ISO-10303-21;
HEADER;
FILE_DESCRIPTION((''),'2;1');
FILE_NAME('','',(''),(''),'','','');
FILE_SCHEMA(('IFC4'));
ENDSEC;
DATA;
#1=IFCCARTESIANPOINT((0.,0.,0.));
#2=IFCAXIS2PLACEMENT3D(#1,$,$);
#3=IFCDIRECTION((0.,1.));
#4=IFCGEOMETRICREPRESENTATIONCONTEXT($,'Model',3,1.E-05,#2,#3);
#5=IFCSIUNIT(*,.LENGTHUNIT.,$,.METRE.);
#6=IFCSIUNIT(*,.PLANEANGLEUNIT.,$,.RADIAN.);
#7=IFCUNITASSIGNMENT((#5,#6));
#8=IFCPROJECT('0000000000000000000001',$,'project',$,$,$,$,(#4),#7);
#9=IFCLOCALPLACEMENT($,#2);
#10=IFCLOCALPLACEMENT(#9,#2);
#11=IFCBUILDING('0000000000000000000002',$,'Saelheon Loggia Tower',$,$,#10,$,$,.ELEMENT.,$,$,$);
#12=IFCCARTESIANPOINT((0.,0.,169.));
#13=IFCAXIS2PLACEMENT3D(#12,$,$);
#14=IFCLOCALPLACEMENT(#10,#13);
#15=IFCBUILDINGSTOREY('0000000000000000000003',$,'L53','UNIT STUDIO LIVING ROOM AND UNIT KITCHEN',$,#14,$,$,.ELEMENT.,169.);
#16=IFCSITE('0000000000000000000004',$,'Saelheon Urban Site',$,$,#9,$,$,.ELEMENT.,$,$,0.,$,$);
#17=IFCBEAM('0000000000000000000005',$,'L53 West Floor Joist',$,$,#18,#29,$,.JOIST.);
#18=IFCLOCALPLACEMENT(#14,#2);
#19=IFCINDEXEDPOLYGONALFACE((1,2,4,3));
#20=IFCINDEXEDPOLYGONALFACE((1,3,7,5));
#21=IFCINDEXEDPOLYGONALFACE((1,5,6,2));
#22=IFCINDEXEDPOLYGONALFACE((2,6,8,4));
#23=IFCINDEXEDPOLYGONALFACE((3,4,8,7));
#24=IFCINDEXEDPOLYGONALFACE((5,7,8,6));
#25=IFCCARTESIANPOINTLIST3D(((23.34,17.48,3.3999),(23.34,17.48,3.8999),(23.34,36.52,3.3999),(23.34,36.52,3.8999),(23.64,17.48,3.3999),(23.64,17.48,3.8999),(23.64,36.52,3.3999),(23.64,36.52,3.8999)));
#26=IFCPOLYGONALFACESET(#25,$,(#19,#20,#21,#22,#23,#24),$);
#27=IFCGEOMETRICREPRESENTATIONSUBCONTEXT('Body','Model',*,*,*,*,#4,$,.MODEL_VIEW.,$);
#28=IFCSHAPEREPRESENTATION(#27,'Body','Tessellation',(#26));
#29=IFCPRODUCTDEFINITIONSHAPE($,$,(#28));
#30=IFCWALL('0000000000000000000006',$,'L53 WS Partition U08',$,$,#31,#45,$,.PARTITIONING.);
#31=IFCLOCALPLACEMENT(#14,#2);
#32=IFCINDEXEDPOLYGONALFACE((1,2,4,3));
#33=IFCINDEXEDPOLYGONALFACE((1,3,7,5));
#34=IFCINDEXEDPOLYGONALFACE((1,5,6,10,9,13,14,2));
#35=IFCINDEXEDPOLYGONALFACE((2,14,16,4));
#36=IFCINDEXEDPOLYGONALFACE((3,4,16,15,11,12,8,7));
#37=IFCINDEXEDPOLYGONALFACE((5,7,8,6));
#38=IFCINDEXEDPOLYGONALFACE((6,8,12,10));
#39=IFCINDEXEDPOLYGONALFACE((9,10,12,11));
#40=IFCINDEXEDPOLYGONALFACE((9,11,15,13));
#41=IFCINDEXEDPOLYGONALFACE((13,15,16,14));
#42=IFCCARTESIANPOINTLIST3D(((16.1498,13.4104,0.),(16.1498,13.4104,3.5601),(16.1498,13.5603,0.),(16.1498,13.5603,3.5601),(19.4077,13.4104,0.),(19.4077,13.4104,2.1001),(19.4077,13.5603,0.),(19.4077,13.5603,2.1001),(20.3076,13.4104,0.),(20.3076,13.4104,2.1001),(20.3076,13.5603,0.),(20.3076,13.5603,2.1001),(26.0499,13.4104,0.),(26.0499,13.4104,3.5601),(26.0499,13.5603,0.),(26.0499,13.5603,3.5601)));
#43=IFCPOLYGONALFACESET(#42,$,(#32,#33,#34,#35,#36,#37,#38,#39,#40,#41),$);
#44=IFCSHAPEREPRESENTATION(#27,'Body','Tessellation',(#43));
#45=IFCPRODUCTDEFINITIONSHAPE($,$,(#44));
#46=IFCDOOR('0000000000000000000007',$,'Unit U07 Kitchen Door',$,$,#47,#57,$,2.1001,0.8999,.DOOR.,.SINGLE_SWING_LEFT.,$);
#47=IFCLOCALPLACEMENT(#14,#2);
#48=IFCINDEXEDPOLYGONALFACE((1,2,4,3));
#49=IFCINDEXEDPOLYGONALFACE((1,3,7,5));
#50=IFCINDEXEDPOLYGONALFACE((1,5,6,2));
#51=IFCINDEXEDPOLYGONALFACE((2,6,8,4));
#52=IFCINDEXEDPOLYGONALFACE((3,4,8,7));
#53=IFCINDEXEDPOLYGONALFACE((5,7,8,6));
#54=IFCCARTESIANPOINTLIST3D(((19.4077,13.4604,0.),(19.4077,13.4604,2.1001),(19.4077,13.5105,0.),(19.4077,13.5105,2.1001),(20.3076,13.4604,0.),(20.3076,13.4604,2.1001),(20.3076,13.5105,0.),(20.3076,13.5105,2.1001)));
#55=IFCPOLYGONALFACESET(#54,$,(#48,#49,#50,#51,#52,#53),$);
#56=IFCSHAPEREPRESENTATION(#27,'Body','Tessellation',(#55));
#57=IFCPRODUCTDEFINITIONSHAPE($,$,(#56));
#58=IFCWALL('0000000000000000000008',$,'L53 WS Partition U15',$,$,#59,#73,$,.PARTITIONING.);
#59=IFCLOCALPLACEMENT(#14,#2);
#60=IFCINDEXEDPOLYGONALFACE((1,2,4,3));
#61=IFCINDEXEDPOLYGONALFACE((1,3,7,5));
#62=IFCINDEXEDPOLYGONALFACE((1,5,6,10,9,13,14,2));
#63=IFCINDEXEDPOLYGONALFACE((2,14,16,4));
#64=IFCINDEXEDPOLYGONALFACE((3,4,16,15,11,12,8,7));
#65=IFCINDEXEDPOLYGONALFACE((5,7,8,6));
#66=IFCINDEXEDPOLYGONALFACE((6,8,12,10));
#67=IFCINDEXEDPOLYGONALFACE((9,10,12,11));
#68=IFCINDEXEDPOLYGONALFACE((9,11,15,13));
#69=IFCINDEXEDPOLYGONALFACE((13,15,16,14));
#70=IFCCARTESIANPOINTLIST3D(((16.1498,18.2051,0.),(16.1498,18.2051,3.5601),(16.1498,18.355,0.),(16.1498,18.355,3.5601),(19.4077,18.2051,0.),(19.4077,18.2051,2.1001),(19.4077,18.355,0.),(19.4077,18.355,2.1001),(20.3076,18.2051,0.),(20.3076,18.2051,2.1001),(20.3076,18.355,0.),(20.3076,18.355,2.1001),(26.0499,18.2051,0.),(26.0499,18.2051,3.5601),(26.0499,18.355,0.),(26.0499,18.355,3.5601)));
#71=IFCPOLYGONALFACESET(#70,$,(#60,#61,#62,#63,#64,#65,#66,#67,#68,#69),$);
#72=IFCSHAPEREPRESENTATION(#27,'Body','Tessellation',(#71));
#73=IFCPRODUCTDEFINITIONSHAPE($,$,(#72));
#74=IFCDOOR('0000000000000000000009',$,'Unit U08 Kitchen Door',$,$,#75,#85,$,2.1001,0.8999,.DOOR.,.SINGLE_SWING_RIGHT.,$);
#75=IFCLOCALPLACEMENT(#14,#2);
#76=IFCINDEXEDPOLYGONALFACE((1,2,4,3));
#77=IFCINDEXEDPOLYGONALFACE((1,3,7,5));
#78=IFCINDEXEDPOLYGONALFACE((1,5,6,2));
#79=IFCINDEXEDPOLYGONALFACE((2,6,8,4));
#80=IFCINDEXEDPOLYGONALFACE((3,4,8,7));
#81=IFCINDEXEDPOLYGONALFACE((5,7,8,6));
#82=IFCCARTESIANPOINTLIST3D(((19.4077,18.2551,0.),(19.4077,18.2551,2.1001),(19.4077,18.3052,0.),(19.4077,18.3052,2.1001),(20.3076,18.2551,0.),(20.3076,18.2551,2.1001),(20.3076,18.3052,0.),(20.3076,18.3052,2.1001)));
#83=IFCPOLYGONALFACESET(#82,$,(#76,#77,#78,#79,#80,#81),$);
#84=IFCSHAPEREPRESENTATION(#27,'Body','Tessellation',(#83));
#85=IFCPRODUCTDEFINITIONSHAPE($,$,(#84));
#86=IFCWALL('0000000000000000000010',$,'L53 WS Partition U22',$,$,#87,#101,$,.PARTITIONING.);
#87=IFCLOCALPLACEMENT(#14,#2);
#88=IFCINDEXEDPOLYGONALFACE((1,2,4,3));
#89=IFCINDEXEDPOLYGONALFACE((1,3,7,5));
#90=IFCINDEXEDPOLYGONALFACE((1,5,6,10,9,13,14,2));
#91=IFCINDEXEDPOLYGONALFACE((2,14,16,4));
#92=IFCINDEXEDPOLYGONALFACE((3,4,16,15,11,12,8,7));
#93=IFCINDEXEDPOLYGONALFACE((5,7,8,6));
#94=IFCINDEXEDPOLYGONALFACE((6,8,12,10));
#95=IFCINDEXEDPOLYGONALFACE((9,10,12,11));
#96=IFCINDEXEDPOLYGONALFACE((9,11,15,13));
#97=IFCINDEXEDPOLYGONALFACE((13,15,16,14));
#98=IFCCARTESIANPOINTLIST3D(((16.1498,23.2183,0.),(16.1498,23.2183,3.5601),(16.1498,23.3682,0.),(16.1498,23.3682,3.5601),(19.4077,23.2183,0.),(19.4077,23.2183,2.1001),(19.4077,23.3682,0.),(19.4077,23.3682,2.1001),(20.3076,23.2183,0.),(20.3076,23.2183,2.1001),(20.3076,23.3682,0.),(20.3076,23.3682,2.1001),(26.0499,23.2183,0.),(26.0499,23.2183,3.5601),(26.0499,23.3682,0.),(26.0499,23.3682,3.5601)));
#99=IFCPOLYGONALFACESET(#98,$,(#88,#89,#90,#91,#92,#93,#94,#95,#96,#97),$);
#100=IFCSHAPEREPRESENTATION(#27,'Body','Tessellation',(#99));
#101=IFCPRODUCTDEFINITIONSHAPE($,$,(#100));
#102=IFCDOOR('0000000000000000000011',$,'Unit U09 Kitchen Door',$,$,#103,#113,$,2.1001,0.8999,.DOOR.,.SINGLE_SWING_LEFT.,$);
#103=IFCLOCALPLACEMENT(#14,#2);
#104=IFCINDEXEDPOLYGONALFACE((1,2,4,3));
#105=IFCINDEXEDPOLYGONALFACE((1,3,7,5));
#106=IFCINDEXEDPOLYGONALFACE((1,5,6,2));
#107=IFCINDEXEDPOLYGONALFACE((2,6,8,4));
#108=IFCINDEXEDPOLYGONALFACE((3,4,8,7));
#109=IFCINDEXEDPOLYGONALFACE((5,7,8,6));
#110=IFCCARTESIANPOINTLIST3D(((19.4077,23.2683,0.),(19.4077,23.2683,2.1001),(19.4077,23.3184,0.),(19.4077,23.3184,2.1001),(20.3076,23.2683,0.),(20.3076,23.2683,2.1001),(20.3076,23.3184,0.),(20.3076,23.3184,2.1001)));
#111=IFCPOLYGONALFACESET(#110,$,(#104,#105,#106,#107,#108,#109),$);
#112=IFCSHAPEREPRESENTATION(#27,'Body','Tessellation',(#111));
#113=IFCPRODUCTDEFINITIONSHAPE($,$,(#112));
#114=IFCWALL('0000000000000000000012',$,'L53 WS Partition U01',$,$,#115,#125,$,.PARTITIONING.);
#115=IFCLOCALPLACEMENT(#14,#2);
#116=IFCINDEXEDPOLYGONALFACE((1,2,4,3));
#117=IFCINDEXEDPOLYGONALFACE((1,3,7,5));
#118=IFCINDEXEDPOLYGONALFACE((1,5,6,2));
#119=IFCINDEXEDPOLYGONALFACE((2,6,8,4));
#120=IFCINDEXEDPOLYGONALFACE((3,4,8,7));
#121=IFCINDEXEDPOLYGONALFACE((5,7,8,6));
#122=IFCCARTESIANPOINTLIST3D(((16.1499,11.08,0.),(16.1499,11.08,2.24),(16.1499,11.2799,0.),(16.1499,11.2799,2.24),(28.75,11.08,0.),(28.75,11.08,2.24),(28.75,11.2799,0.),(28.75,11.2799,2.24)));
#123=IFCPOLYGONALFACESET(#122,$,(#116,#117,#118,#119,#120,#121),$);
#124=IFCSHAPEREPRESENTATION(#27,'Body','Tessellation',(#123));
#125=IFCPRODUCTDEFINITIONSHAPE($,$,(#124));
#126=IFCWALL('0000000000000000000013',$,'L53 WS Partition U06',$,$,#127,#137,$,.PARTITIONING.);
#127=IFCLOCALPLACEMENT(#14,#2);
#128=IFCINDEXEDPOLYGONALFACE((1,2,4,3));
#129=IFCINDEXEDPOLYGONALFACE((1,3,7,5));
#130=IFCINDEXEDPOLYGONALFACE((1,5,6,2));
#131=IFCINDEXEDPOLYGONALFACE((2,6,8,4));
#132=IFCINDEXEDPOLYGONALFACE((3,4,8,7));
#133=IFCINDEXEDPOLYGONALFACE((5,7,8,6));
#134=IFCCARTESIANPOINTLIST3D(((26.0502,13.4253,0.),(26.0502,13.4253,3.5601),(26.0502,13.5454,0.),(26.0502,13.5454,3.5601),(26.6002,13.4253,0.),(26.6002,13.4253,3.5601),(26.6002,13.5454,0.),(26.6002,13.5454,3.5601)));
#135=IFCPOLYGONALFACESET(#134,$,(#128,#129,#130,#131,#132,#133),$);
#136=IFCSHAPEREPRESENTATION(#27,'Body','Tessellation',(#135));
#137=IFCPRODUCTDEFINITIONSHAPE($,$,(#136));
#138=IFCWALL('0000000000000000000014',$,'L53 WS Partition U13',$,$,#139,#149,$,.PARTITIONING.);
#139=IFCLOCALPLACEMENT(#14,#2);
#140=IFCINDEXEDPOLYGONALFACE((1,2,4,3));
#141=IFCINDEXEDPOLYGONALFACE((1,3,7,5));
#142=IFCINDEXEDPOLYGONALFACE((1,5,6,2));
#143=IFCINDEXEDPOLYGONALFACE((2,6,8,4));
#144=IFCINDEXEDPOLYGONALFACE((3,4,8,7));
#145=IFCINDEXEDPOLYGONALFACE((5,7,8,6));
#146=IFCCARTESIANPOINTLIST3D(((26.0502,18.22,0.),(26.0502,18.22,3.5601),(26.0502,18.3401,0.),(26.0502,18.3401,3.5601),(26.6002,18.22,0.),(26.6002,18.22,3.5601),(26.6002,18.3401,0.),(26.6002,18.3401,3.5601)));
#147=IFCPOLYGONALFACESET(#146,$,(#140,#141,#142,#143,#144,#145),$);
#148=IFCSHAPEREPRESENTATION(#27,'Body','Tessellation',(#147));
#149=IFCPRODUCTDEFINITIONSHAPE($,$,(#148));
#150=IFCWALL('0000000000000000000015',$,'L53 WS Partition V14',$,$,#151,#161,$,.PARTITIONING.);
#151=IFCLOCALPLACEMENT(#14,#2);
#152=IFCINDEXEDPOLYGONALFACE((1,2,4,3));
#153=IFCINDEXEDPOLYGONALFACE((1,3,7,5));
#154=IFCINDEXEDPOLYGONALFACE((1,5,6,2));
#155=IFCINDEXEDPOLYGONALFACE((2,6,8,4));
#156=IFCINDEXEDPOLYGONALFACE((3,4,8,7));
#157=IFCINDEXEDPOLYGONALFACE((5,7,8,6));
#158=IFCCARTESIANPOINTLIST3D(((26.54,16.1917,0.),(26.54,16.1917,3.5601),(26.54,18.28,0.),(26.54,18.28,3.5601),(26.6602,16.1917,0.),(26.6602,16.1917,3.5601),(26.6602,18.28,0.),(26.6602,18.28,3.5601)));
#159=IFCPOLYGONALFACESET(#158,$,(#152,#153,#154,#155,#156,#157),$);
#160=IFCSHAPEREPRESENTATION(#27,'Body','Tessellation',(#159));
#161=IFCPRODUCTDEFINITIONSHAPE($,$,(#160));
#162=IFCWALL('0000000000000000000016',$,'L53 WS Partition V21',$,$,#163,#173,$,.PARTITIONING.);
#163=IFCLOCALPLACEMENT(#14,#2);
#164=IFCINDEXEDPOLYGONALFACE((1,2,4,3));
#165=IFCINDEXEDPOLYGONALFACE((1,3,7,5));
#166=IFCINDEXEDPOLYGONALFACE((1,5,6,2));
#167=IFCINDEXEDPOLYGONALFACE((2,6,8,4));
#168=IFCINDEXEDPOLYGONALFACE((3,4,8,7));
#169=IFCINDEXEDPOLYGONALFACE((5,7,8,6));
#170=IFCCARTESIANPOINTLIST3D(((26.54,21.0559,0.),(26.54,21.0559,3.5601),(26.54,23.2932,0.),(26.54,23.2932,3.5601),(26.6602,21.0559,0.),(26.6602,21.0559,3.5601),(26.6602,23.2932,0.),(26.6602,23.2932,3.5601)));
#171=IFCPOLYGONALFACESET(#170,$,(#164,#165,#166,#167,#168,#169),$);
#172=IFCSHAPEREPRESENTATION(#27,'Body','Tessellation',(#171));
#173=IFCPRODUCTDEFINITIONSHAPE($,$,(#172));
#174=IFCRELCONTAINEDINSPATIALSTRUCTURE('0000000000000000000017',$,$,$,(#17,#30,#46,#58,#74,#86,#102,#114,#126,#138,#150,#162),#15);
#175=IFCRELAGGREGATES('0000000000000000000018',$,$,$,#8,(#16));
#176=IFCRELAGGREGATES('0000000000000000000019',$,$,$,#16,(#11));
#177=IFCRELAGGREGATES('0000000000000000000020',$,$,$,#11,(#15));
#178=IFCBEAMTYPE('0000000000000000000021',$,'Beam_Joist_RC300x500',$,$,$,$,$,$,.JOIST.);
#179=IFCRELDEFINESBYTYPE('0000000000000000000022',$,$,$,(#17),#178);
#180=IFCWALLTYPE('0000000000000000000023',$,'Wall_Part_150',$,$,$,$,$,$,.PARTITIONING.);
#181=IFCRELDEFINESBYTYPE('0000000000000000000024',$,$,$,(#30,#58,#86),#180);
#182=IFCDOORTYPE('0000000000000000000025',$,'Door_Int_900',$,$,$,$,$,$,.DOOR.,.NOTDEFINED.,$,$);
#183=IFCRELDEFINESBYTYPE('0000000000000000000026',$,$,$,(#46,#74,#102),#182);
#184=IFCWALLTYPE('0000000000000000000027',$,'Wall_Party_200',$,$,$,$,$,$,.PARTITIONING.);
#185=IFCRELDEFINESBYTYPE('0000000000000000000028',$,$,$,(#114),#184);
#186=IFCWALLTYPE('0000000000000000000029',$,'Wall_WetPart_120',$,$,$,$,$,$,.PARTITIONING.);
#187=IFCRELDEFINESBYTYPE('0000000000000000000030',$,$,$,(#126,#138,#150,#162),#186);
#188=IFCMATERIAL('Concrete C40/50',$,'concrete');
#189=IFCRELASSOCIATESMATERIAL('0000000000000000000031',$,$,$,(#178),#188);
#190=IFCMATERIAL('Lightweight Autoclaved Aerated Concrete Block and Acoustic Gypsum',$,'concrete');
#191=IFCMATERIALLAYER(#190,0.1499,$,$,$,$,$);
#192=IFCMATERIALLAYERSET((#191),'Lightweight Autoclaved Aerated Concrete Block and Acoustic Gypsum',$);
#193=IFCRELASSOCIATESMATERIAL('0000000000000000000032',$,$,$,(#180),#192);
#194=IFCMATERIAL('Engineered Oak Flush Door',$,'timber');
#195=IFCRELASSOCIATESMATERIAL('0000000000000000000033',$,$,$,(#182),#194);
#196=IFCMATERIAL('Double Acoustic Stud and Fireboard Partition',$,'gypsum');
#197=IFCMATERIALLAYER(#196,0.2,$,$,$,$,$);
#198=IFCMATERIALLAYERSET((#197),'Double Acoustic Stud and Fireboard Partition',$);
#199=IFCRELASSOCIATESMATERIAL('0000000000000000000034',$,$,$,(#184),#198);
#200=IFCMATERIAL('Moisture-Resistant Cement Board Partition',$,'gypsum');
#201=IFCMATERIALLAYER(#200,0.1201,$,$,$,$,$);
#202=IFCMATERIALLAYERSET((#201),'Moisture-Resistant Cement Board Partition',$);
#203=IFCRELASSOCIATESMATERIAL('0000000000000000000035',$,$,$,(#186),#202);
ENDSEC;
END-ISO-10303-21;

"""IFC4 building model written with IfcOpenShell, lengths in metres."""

from ifc_helpers import new_model, si_unit, direction, frame, frame_2d, origin, origin_2d, place, context, subcontext, project, spatial, rectangle, extrude, source, transform, mapped, material, layer, layer_set, material_profile, profile_set, type_object, element, fill, save


model = new_model("IFC4")

# Units and contexts
model_context = context("Model", 3, precision=1e-05, world=origin(), true_north=direction((0.0, 1.0)))
body_context = subcontext(model_context, "Body", "Model", "MODEL_VIEW")
ifc_project = project(units=[si_unit("LENGTHUNIT", "METRE"), si_unit("PLANEANGLEUNIT", "RADIAN")], contexts=[model_context])

# Site, building, storey
site_placement = place(None, origin())
site = spatial("IfcSite", under=ifc_project, at=site_placement, Name="Saelheon Urban Site", CompositionType="ELEMENT", RefElevation=0.0)
building_placement = place(site_placement, origin())
building = spatial("IfcBuilding", under=site, at=building_placement, Name="Saelheon Loggia Tower", CompositionType="ELEMENT")
storey_placement = place(building_placement, frame((0.0, 0.0, 169.0)))
storey = spatial("IfcBuildingStorey", under=building, at=storey_placement, Name="L53", Description="UNIT STUDIO LIVING ROOM AND UNIT KITCHEN", CompositionType="ELEMENT", Elevation=169.0)

# Beam
ifc_material_1 = material(Name="Concrete C40/50", Category="concrete")
ifc_material_profile = material_profile(ifc_material_1, rectangle(XDim=0.3, YDim=0.5, at=origin_2d()), Name="RC-300x500")
ifc_profile_set = profile_set([ifc_material_profile], Name="Concrete C40/50")
beam_type = type_object("IfcBeamType", Name="Beam_Joist_RC300x500", PredefinedType="JOIST", material=ifc_profile_set)
shared_shape_1 = source(origin(), body_context, "Body", "SweptSolid", [
    extrude(rectangle(XDim=0.3, YDim=0.5, at=origin_2d()), origin(), (0.0, 0.0, 1.0), 19.04),
])
beam_placement = place(storey_placement, frame((23.49, 17.48, 3.6499), z_axis=(0.0, 1.0, 0.0), x_axis=(-1.0, 0.0, 0.0)))
element("IfcBeam", 1, at=beam_placement, inside=storey, type_object=beam_type, Name="L53 West Floor Joist", PredefinedType="JOIST", context=body_context, shape_type="MappedRepresentation", body=[
    mapped(shared_shape_1, transform((0.0, 0.0, 0.0), scale=1.0)),
])

# Walls, openings, doors
ifc_material_2 = material(Name="Lightweight Autoclaved Aerated Concrete Block and Acoustic Gypsum", Category="concrete")
ifc_layer_1 = layer(ifc_material_2, 0.1499)
ifc_layer_set_1 = layer_set([ifc_layer_1], Name="Lightweight Autoclaved Aerated Concrete Block and Acoustic Gypsum")
wall_type_1 = type_object("IfcWallType", Name="Wall_Part_150", PredefinedType="PARTITIONING", material=ifc_layer_set_1)
wall_1_placement = place(storey_placement, frame((26.05, 13.4854, 0.0), z_axis=(0.0, 0.0, 1.0), x_axis=(-1.0, 0.0, 0.0)))
wall_1 = element("IfcWall", 2, at=wall_1_placement, inside=storey, type_object=wall_type_1, Name="L53 WS Partition U08", PredefinedType="PARTITIONING", context=body_context, shape_type="SweptSolid", body=[
    extrude(rectangle(XDim=9.9001, YDim=0.1499, at=frame_2d((4.9502, 0.0))), origin(), (0.0, 0.0, 1.0), 3.5601),
])
opening_1_placement = place(wall_1_placement, frame((5.7424, 0.0, 0.0)))
opening_1 = element("IfcOpeningElement", 3, at=opening_1_placement, cuts=wall_1, PredefinedType="OPENING", context=body_context, shape_type="SweptSolid", body=[
    extrude(rectangle(XDim=0.8999, YDim=2.1001, at=frame_2d((0.45, 1.05))), frame((0.0, 0.0869, 0.0), z_axis=(0.0, -1.0, 0.0), x_axis=(1.0, 0.0, 0.0)), (0.0, 0.0, 1.0), 0.1738),
])
ifc_material_3 = material(Name="Engineered Oak Flush Door", Category="timber")
door_type = type_object("IfcDoorType", Name="Door_Int_900", OperationType="NOTDEFINED", PredefinedType="DOOR", material=ifc_material_3)
shared_shape_2 = source(origin(), body_context, "Body", "SweptSolid", [
    extrude(rectangle(XDim=0.8999, YDim=2.1001, at=frame_2d((0.45, 1.05))), frame((0.0, 0.0249, 0.0), z_axis=(0.0, -1.0, 0.0), x_axis=(1.0, 0.0, 0.0)), (0.0, 0.0, 1.0), 0.05),
])
door_1_placement = place(opening_1_placement, origin())
door_1 = element("IfcDoor", 4, at=door_1_placement, inside=storey, type_object=door_type, Name="Unit U07 Kitchen Door", OperationType="SINGLE_SWING_LEFT", OverallHeight=2.1001, OverallWidth=0.8999, PredefinedType="DOOR", context=body_context, shape_type="MappedRepresentation", body=[
    mapped(shared_shape_2, transform((0.0, 0.0, 0.0), scale=1.0)),
])
fill(opening_1, door_1)
wall_2_placement = place(storey_placement, frame((26.05, 18.28, 0.0), z_axis=(0.0, 0.0, 1.0), x_axis=(-1.0, 0.0, 0.0)))
wall_2 = element("IfcWall", 5, at=wall_2_placement, inside=storey, type_object=wall_type_1, Name="L53 WS Partition U15", PredefinedType="PARTITIONING", context=body_context, shape_type="SweptSolid", body=[
    extrude(rectangle(XDim=9.9001, YDim=0.1499, at=frame_2d((4.9502, 0.0))), origin(), (0.0, 0.0, 1.0), 3.5601),
])
opening_2_placement = place(wall_2_placement, frame((5.7424, 0.0, 0.0)))
opening_2 = element("IfcOpeningElement", 6, at=opening_2_placement, cuts=wall_2, PredefinedType="OPENING", context=body_context, shape_type="SweptSolid", body=[
    extrude(rectangle(XDim=0.8999, YDim=2.1001, at=frame_2d((0.45, 1.05))), frame((0.0, 0.0869, 0.0), z_axis=(0.0, -1.0, 0.0), x_axis=(1.0, 0.0, 0.0)), (0.0, 0.0, 1.0), 0.1738),
])
door_2_placement = place(opening_2_placement, origin())
door_2 = element("IfcDoor", 7, at=door_2_placement, inside=storey, type_object=door_type, Name="Unit U08 Kitchen Door", OperationType="SINGLE_SWING_RIGHT", OverallHeight=2.1001, OverallWidth=0.8999, PredefinedType="DOOR", context=body_context, shape_type="MappedRepresentation", body=[
    mapped(shared_shape_2, transform((0.0, 0.0, 0.0), scale=1.0)),
])
fill(opening_2, door_2)
wall_3_placement = place(storey_placement, frame((26.05, 23.2932, 0.0), z_axis=(0.0, 0.0, 1.0), x_axis=(-1.0, 0.0, 0.0)))
wall_3 = element("IfcWall", 8, at=wall_3_placement, inside=storey, type_object=wall_type_1, Name="L53 WS Partition U22", PredefinedType="PARTITIONING", context=body_context, shape_type="SweptSolid", body=[
    extrude(rectangle(XDim=9.9001, YDim=0.1499, at=frame_2d((4.9502, 0.0))), origin(), (0.0, 0.0, 1.0), 3.5601),
])
opening_3_placement = place(wall_3_placement, frame((5.7424, 0.0, 0.0)))
opening_3 = element("IfcOpeningElement", 9, at=opening_3_placement, cuts=wall_3, PredefinedType="OPENING", context=body_context, shape_type="SweptSolid", body=[
    extrude(rectangle(XDim=0.8999, YDim=2.1001, at=frame_2d((0.45, 1.05))), frame((0.0, 0.0869, 0.0), z_axis=(0.0, -1.0, 0.0), x_axis=(1.0, 0.0, 0.0)), (0.0, 0.0, 1.0), 0.1738),
])
door_3_placement = place(opening_3_placement, origin())
door_3 = element("IfcDoor", 10, at=door_3_placement, inside=storey, type_object=door_type, Name="Unit U09 Kitchen Door", OperationType="SINGLE_SWING_LEFT", OverallHeight=2.1001, OverallWidth=0.8999, PredefinedType="DOOR", context=body_context, shape_type="MappedRepresentation", body=[
    mapped(shared_shape_2, transform((0.0, 0.0, 0.0), scale=1.0)),
])
fill(opening_3, door_3)

# Walls
ifc_material_4 = material(Name="Double Acoustic Stud and Fireboard Partition", Category="gypsum")
ifc_layer_2 = layer(ifc_material_4, 0.2)
ifc_layer_set_2 = layer_set([ifc_layer_2], Name="Double Acoustic Stud and Fireboard Partition")
wall_type_2 = type_object("IfcWallType", Name="Wall_Party_200", PredefinedType="PARTITIONING", material=ifc_layer_set_2)
wall_4_placement = place(storey_placement, frame((28.75, 11.1799, 0.0), z_axis=(0.0, 0.0, 1.0), x_axis=(-1.0, 0.0, 0.0)))
element("IfcWall", 11, at=wall_4_placement, inside=storey, type_object=wall_type_2, Name="L53 WS Partition U01", PredefinedType="PARTITIONING", context=body_context, shape_type="SweptSolid", body=[
    extrude(rectangle(XDim=12.6001, YDim=0.2, at=frame_2d((6.3, 0.0))), origin(), (0.0, 0.0, 1.0), 2.24),
])
ifc_material_5 = material(Name="Moisture-Resistant Cement Board Partition", Category="gypsum")
ifc_layer_3 = layer(ifc_material_5, 0.1201)
ifc_layer_set_3 = layer_set([ifc_layer_3], Name="Moisture-Resistant Cement Board Partition")
wall_type_3 = type_object("IfcWallType", Name="Wall_WetPart_120", PredefinedType="PARTITIONING", material=ifc_layer_set_3)
for number, where, z_axis, x_axis, name in (
    (12, (26.6001, 13.4854, 0.0), (0.0, 0.0, 1.0), (-1.0, 0.0, 0.0), "L53 WS Partition U06"),
    (13, (26.6001, 18.28, 0.0), (0.0, 0.0, 1.0), (-1.0, 0.0, 0.0), "L53 WS Partition U13"),
):
    element("IfcWall", number, at=place(storey_placement, frame(where, z_axis=z_axis, x_axis=x_axis)), inside=storey, type_object=wall_type_3, Name=name, PredefinedType="PARTITIONING", context=body_context, shape_type="SweptSolid", body=[
        extrude(rectangle(XDim=0.55, YDim=0.1201, at=frame_2d((0.2749, 0.0))), origin(), (0.0, 0.0, 1.0), 3.5601),
    ])
wall_5_placement = place(storey_placement, frame((26.6001, 16.1917, 0.0), z_axis=(0.0, 0.0, 1.0), x_axis=(0.0, 1.0, 0.0)))
element("IfcWall", 14, at=wall_5_placement, inside=storey, type_object=wall_type_3, Name="L53 WS Partition V14", PredefinedType="PARTITIONING", context=body_context, shape_type="SweptSolid", body=[
    extrude(rectangle(XDim=2.0884, YDim=0.1201, at=frame_2d((1.0442, 0.0))), origin(), (0.0, 0.0, 1.0), 3.5601),
])
wall_6_placement = place(storey_placement, frame((26.6001, 21.0559, 0.0), z_axis=(0.0, 0.0, 1.0), x_axis=(0.0, 1.0, 0.0)))
element("IfcWall", 15, at=wall_6_placement, inside=storey, type_object=wall_type_3, Name="L53 WS Partition V21", PredefinedType="PARTITIONING", context=body_context, shape_type="SweptSolid", body=[
    extrude(rectangle(XDim=2.2373, YDim=0.1201, at=frame_2d((1.1187, 0.0))), origin(), (0.0, 0.0, 1.0), 3.5601),
])

save(model, "model.ifc")
